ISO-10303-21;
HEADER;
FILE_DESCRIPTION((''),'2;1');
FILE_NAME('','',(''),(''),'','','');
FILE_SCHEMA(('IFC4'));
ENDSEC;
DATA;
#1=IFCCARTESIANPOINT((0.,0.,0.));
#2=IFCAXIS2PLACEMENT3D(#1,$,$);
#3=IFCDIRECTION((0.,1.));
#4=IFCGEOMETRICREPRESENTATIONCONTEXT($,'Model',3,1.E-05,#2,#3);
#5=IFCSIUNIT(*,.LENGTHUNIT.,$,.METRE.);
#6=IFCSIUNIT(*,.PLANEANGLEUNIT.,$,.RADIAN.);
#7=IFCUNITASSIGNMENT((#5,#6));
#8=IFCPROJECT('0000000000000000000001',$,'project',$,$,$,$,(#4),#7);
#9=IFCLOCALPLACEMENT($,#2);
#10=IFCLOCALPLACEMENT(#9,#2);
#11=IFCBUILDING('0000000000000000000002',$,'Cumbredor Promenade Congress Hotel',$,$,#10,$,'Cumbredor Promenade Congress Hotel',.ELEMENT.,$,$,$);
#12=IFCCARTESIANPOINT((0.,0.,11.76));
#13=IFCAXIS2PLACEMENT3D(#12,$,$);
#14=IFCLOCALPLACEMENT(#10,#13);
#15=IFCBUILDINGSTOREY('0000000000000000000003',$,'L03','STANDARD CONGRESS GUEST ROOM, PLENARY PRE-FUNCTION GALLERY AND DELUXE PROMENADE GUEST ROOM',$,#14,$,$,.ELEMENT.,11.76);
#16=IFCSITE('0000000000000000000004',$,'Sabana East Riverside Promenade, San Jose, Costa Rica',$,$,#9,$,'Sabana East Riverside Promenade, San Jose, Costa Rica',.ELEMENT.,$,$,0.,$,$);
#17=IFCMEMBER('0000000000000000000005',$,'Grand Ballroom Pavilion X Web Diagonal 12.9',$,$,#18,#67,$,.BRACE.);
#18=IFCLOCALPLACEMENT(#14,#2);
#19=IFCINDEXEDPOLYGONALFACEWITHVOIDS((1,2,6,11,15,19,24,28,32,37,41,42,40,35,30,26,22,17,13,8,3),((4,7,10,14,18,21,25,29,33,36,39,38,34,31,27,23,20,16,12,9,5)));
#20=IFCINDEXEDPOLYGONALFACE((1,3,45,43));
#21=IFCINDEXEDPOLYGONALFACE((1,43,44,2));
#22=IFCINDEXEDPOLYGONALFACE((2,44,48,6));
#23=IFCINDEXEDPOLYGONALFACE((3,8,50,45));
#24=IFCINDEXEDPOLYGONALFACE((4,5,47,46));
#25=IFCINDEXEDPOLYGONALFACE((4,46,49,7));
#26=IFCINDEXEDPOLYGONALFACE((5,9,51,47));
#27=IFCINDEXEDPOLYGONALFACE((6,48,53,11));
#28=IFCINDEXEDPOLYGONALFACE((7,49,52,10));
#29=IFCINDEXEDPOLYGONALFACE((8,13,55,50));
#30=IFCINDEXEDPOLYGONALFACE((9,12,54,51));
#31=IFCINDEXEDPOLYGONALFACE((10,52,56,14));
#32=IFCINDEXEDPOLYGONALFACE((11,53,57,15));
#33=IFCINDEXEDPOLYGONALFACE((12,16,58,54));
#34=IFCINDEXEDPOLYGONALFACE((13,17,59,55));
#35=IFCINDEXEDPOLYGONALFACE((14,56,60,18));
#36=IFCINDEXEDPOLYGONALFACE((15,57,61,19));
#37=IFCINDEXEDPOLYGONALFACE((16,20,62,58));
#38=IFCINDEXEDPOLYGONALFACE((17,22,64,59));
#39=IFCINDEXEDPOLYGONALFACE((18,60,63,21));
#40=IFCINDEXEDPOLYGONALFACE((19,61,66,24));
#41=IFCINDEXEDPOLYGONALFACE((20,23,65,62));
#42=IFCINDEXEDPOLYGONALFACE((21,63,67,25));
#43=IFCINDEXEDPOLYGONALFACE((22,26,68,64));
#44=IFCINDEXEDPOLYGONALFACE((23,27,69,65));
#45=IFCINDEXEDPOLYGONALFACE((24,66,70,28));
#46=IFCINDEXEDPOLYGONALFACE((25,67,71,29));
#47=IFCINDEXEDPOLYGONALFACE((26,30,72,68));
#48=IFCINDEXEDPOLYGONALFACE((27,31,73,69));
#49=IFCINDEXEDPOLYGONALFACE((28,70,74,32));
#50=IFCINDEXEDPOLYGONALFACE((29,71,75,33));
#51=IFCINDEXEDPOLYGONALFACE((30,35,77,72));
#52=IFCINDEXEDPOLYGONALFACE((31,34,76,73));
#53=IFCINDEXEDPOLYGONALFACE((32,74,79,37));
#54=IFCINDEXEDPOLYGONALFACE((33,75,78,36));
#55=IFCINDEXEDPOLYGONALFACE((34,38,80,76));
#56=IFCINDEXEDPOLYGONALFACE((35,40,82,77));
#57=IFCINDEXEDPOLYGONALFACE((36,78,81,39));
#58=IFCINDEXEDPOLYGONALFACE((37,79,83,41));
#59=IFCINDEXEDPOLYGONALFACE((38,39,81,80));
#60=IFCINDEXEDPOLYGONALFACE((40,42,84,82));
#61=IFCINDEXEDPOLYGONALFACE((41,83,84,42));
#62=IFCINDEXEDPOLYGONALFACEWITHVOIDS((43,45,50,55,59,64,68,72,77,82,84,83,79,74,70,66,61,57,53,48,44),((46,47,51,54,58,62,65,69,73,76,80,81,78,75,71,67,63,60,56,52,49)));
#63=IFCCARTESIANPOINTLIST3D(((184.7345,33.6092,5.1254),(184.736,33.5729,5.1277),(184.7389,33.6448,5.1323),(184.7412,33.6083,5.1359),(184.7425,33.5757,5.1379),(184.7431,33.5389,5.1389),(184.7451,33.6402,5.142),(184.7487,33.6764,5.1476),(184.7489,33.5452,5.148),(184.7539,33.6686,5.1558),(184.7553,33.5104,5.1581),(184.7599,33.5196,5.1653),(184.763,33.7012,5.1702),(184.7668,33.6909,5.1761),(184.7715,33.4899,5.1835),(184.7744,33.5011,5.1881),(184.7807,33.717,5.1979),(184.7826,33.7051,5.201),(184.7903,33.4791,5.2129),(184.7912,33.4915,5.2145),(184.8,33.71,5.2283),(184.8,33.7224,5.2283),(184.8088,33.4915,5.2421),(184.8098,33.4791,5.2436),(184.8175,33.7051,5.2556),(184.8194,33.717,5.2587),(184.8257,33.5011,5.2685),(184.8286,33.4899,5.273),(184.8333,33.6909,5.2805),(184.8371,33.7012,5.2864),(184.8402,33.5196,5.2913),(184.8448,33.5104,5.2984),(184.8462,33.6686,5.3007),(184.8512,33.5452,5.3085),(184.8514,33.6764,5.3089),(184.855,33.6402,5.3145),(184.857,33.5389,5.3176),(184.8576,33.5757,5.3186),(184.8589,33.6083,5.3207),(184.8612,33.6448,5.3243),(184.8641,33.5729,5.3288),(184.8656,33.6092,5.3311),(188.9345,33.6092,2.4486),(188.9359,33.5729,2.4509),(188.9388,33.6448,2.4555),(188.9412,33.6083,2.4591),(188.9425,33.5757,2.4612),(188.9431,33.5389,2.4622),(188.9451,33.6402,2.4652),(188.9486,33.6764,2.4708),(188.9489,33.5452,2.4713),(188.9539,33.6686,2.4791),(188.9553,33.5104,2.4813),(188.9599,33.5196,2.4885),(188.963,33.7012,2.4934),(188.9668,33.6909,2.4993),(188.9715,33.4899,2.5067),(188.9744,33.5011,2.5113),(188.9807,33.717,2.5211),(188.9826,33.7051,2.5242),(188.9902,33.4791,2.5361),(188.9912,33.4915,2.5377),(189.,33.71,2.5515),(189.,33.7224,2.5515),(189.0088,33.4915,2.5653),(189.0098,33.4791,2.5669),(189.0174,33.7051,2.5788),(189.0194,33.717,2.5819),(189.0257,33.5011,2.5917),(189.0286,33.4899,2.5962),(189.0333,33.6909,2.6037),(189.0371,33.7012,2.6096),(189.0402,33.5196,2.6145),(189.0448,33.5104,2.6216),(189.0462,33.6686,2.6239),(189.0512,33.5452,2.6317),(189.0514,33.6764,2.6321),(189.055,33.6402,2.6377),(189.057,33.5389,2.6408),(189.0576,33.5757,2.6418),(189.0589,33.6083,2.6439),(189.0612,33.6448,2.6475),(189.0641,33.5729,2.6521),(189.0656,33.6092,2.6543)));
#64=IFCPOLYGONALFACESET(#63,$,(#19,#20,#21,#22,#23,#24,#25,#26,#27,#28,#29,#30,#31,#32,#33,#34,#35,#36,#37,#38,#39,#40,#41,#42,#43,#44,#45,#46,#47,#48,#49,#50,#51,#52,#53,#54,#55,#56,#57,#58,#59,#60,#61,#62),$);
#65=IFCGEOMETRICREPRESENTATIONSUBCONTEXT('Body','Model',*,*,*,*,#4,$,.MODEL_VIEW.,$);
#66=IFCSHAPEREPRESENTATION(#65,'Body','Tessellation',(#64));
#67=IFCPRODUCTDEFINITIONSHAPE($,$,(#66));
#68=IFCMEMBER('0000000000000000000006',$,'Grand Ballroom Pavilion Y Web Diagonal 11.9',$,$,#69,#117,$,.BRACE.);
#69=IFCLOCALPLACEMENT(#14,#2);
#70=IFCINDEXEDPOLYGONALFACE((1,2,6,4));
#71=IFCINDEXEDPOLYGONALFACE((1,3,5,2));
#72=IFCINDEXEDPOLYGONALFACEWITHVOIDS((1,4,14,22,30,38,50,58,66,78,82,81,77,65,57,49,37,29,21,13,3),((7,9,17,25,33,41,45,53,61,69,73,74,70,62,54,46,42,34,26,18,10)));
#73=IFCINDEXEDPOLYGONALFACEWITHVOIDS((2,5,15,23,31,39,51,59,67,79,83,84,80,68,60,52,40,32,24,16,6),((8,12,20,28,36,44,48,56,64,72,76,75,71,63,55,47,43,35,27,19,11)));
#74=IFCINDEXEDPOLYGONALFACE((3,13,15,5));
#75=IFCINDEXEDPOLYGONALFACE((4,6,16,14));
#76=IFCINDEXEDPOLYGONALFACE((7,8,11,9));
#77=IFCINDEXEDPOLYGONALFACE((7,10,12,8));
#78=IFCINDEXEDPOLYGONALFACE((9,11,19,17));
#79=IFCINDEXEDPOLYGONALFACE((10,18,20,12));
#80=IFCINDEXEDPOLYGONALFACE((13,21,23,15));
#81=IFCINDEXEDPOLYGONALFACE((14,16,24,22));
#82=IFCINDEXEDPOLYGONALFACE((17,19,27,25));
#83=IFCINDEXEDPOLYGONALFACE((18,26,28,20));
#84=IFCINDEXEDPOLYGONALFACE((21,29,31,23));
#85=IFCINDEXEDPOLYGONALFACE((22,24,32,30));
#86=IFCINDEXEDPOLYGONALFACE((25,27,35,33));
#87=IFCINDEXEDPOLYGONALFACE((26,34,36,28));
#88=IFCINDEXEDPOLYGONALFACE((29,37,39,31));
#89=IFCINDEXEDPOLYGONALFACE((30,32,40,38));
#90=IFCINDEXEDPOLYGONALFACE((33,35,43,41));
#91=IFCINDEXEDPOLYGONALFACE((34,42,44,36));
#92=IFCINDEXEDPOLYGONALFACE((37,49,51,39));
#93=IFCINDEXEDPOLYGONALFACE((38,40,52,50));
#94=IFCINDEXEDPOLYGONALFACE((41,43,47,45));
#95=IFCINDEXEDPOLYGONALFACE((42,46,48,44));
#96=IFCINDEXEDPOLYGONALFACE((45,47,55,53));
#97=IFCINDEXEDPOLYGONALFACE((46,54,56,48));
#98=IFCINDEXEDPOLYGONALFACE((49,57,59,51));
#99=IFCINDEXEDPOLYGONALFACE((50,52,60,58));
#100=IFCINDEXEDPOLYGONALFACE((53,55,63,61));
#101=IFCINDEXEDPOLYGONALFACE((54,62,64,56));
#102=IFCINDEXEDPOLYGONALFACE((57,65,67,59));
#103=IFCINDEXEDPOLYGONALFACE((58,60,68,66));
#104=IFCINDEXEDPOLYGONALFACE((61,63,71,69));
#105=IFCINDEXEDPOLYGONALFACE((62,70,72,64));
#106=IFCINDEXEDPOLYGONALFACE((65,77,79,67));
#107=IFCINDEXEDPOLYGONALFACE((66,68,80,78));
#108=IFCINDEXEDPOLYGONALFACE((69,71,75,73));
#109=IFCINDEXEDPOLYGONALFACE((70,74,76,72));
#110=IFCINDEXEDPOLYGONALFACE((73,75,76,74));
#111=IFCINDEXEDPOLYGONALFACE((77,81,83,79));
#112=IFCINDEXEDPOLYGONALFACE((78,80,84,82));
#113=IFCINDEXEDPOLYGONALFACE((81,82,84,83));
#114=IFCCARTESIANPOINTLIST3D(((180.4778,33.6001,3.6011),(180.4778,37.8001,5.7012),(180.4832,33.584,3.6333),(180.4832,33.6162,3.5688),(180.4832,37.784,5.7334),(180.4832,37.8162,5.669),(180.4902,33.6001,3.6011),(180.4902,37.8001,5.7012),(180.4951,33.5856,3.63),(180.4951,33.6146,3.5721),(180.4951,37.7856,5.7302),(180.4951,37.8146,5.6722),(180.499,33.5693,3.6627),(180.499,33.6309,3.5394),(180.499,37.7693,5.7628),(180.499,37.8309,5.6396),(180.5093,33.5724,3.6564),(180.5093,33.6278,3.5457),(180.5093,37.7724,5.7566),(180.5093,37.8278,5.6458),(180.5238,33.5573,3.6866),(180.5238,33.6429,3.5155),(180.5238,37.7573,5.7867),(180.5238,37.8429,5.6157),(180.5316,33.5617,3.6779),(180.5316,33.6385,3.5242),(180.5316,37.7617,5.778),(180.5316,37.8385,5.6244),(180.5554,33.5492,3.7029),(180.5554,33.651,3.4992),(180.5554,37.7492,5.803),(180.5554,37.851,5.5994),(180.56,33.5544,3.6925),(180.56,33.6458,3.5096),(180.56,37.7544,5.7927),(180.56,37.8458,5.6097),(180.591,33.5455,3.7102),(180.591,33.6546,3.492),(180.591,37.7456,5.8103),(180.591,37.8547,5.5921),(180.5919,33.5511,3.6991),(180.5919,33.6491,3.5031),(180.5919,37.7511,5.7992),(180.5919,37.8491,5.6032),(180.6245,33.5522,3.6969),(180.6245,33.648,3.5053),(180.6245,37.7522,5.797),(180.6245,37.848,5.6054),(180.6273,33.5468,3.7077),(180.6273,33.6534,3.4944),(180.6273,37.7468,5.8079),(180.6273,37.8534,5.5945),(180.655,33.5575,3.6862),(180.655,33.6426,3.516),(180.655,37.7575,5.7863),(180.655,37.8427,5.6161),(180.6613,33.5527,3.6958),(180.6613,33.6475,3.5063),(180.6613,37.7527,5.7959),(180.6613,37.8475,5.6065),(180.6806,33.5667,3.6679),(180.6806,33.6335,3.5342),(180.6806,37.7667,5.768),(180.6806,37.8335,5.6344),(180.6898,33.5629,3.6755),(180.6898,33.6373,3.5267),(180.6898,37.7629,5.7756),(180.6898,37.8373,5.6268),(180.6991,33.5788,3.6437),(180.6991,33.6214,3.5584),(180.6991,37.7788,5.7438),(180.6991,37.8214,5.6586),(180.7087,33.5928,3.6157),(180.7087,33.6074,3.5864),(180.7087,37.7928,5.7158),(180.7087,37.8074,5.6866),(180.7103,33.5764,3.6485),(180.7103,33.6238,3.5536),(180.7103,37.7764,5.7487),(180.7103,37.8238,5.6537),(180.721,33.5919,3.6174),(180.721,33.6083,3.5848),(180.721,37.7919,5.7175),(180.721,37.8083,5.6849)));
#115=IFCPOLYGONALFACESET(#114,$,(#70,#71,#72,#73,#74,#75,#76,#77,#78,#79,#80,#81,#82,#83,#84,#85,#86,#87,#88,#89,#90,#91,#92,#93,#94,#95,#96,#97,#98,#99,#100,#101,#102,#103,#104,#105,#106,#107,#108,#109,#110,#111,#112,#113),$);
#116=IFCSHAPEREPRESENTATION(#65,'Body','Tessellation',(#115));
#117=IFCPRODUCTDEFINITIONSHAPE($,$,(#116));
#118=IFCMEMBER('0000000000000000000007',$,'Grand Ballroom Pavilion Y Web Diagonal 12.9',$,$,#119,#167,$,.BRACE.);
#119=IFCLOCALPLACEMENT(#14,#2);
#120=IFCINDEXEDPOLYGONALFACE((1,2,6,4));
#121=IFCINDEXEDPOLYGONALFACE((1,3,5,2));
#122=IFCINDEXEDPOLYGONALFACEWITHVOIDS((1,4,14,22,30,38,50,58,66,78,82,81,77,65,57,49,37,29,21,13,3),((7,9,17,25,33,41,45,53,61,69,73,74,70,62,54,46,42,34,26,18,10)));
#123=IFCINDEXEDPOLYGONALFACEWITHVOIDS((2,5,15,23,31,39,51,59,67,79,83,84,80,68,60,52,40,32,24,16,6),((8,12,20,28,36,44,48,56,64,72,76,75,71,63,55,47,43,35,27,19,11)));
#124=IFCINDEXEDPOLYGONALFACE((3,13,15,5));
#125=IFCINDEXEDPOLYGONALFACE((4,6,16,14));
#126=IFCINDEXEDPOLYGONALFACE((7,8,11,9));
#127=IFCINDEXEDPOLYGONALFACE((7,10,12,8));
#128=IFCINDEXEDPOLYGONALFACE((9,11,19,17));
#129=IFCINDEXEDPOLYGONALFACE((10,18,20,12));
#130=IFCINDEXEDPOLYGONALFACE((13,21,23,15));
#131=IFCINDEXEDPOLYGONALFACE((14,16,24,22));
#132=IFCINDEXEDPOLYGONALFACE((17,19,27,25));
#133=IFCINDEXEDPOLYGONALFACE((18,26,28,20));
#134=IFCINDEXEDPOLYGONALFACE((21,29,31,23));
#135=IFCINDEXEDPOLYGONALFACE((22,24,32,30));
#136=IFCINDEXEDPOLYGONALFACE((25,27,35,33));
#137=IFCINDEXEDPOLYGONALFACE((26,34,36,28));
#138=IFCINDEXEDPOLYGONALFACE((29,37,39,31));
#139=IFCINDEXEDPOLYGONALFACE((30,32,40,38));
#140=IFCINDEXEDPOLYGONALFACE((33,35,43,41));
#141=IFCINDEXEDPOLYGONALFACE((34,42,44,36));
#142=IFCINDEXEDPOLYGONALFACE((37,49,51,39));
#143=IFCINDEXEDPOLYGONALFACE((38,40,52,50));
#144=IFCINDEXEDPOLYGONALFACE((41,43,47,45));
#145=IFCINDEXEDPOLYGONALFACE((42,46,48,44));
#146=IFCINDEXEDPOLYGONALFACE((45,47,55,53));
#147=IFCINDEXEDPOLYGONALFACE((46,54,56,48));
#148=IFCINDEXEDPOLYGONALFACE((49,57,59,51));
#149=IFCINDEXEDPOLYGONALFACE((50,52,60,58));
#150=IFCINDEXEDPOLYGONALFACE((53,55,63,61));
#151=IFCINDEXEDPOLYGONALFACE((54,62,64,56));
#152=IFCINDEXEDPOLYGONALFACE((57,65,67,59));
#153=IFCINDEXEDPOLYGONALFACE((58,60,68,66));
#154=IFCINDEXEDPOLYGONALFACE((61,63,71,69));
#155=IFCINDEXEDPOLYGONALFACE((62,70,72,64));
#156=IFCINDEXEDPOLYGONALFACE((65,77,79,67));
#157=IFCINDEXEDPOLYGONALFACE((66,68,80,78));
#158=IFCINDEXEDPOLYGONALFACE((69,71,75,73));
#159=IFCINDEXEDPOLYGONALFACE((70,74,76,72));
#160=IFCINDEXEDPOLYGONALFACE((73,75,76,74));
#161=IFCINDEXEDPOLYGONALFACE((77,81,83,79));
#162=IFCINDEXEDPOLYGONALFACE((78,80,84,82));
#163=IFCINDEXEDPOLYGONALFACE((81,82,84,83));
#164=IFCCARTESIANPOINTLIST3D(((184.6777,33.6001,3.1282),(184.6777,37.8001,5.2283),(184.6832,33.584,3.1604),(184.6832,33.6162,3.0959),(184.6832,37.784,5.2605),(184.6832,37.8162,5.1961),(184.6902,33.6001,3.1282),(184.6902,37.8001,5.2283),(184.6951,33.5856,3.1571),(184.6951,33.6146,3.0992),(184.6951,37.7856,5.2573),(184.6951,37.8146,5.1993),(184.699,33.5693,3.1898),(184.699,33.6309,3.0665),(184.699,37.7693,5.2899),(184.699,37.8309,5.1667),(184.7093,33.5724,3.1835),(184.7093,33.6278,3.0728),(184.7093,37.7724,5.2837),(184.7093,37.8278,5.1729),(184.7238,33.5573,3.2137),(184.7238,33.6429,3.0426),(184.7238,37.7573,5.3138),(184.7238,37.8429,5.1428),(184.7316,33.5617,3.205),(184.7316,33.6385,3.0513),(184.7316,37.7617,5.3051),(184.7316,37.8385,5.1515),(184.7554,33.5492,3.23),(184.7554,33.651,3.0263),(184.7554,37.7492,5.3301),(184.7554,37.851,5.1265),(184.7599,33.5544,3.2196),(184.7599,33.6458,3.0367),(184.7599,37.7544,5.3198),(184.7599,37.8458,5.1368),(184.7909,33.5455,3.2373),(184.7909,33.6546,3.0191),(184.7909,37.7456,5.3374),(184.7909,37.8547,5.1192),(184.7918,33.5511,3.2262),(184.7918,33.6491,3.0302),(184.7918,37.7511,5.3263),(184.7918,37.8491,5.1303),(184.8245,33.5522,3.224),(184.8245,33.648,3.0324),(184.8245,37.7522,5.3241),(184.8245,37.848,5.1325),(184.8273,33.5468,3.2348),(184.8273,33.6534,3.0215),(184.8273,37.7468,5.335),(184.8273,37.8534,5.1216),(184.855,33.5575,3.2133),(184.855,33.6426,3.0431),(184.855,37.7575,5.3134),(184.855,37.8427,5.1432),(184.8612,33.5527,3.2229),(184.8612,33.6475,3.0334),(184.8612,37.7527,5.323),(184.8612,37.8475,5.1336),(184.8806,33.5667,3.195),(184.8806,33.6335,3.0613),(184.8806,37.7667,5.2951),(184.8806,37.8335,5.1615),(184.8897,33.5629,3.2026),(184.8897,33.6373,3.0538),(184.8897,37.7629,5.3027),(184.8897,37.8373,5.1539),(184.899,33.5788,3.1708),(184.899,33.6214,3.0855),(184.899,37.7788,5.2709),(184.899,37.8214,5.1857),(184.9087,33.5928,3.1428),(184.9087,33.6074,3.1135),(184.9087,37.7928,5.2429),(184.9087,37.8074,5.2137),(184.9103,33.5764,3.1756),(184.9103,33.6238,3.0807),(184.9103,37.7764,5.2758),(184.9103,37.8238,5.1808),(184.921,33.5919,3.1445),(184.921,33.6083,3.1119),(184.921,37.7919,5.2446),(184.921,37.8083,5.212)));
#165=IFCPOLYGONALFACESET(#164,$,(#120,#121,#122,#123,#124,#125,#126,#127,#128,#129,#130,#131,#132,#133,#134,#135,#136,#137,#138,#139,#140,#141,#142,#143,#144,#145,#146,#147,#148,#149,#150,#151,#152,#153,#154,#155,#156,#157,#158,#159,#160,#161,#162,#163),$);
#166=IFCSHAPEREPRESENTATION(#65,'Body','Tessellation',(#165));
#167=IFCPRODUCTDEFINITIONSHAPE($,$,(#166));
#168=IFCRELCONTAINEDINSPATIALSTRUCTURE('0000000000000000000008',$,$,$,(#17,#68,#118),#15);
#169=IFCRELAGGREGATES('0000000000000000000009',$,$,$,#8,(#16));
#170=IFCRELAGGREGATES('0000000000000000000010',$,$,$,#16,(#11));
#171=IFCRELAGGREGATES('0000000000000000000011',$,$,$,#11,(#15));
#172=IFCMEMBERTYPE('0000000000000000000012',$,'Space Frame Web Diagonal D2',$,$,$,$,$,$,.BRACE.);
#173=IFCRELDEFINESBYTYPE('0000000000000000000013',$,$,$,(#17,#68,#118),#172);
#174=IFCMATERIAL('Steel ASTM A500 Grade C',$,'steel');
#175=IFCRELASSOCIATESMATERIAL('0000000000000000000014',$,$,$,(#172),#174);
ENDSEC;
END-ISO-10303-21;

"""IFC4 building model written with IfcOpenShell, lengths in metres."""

from ifc_helpers import new_model, si_unit, direction, frame, origin, origin_2d, place, context, subcontext, project, spatial, hollow_circle, extrude, material, material_profile, profile_set, type_object, element, save


model = new_model("IFC4")

# Units and contexts
model_context = context("Model", 3, precision=1e-05, world=origin(), true_north=direction((0.0, 1.0)))
body_context = subcontext(model_context, "Body", "Model", "MODEL_VIEW")
ifc_project = project(units=[si_unit("LENGTHUNIT", "METRE"), si_unit("PLANEANGLEUNIT", "RADIAN")], contexts=[model_context])

# Site, building, storey
site_placement = place(None, origin())
site = spatial("IfcSite", under=ifc_project, at=site_placement, Name="Sabana East Riverside Promenade, San Jose, Costa Rica", LongName="Sabana East Riverside Promenade, San Jose, Costa Rica", CompositionType="ELEMENT", RefElevation=0.0)
building_placement = place(site_placement, origin())
building = spatial("IfcBuilding", under=site, at=building_placement, Name="Cumbredor Promenade Congress Hotel", LongName="Cumbredor Promenade Congress Hotel", CompositionType="ELEMENT")
storey_placement = place(building_placement, frame((0.0, 0.0, 11.76)))
storey = spatial("IfcBuildingStorey", under=building, at=storey_placement, Name="L03", Description="STANDARD CONGRESS GUEST ROOM, PLENARY PRE-FUNCTION GALLERY AND DELUXE PROMENADE GUEST ROOM", CompositionType="ELEMENT", Elevation=11.76)

# Shared definitions
ifc_material_1 = material(Name="Steel ASTM A500 Grade C", Category="steel")

# Members
ifc_material_profile_1 = material_profile(ifc_material_1, hollow_circle(Radius=0.1223, WallThickness=0.0125, at=origin_2d()), Name="CHS 244.5x12.5")
ifc_profile_set_1 = profile_set([ifc_material_profile_1], Name="Steel ASTM A500 Grade C")
member_type_1 = type_object("IfcMemberType", Name="Space Frame Web Diagonal D2", PredefinedType="BRACE", material=ifc_profile_set_1)
member_1_placement = place(storey_placement, frame((184.8, 33.6001, 5.2283), z_axis=(0.843292, 0.0, -0.537456), x_axis=(0.0, 1.0, 0.0)))
element("IfcMember", 1, at=member_1_placement, inside=storey, type_object=member_type_1, Name="Grand Ballroom Pavilion X Web Diagonal 12.9", PredefinedType="BRACE", context=body_context, shape_type="SweptSolid", body=[
    extrude(hollow_circle(Radius=0.1223, WallThickness=0.0125, at=origin_2d()), origin(), (0.0, 0.0, 1.0), 4.9805),
])
for number, where, z_axis, x_axis, name in (
    (2, (180.6001, 33.6001, 3.6011), (0.0, 0.894417, 0.447234), (-1.0, 0.0, 0.0), "Grand Ballroom Pavilion Y Web Diagonal 11.9"),
    (3, (184.8, 33.6001, 3.1282), (0.0, 0.894417, 0.447234), (-1.0, 0.0, 0.0), "Grand Ballroom Pavilion Y Web Diagonal 12.9"),
):
    element("IfcMember", number, at=place(storey_placement, frame(where, z_axis=z_axis, x_axis=x_axis)), inside=storey, type_object=member_type_1, Name=name, PredefinedType="BRACE", context=body_context, shape_type="SweptSolid", body=[
        extrude(hollow_circle(Radius=0.1223, WallThickness=0.0125, at=origin_2d()), origin(), (0.0, 0.0, 1.0), 4.6958),
    ])

save(model, "model.ifc")
